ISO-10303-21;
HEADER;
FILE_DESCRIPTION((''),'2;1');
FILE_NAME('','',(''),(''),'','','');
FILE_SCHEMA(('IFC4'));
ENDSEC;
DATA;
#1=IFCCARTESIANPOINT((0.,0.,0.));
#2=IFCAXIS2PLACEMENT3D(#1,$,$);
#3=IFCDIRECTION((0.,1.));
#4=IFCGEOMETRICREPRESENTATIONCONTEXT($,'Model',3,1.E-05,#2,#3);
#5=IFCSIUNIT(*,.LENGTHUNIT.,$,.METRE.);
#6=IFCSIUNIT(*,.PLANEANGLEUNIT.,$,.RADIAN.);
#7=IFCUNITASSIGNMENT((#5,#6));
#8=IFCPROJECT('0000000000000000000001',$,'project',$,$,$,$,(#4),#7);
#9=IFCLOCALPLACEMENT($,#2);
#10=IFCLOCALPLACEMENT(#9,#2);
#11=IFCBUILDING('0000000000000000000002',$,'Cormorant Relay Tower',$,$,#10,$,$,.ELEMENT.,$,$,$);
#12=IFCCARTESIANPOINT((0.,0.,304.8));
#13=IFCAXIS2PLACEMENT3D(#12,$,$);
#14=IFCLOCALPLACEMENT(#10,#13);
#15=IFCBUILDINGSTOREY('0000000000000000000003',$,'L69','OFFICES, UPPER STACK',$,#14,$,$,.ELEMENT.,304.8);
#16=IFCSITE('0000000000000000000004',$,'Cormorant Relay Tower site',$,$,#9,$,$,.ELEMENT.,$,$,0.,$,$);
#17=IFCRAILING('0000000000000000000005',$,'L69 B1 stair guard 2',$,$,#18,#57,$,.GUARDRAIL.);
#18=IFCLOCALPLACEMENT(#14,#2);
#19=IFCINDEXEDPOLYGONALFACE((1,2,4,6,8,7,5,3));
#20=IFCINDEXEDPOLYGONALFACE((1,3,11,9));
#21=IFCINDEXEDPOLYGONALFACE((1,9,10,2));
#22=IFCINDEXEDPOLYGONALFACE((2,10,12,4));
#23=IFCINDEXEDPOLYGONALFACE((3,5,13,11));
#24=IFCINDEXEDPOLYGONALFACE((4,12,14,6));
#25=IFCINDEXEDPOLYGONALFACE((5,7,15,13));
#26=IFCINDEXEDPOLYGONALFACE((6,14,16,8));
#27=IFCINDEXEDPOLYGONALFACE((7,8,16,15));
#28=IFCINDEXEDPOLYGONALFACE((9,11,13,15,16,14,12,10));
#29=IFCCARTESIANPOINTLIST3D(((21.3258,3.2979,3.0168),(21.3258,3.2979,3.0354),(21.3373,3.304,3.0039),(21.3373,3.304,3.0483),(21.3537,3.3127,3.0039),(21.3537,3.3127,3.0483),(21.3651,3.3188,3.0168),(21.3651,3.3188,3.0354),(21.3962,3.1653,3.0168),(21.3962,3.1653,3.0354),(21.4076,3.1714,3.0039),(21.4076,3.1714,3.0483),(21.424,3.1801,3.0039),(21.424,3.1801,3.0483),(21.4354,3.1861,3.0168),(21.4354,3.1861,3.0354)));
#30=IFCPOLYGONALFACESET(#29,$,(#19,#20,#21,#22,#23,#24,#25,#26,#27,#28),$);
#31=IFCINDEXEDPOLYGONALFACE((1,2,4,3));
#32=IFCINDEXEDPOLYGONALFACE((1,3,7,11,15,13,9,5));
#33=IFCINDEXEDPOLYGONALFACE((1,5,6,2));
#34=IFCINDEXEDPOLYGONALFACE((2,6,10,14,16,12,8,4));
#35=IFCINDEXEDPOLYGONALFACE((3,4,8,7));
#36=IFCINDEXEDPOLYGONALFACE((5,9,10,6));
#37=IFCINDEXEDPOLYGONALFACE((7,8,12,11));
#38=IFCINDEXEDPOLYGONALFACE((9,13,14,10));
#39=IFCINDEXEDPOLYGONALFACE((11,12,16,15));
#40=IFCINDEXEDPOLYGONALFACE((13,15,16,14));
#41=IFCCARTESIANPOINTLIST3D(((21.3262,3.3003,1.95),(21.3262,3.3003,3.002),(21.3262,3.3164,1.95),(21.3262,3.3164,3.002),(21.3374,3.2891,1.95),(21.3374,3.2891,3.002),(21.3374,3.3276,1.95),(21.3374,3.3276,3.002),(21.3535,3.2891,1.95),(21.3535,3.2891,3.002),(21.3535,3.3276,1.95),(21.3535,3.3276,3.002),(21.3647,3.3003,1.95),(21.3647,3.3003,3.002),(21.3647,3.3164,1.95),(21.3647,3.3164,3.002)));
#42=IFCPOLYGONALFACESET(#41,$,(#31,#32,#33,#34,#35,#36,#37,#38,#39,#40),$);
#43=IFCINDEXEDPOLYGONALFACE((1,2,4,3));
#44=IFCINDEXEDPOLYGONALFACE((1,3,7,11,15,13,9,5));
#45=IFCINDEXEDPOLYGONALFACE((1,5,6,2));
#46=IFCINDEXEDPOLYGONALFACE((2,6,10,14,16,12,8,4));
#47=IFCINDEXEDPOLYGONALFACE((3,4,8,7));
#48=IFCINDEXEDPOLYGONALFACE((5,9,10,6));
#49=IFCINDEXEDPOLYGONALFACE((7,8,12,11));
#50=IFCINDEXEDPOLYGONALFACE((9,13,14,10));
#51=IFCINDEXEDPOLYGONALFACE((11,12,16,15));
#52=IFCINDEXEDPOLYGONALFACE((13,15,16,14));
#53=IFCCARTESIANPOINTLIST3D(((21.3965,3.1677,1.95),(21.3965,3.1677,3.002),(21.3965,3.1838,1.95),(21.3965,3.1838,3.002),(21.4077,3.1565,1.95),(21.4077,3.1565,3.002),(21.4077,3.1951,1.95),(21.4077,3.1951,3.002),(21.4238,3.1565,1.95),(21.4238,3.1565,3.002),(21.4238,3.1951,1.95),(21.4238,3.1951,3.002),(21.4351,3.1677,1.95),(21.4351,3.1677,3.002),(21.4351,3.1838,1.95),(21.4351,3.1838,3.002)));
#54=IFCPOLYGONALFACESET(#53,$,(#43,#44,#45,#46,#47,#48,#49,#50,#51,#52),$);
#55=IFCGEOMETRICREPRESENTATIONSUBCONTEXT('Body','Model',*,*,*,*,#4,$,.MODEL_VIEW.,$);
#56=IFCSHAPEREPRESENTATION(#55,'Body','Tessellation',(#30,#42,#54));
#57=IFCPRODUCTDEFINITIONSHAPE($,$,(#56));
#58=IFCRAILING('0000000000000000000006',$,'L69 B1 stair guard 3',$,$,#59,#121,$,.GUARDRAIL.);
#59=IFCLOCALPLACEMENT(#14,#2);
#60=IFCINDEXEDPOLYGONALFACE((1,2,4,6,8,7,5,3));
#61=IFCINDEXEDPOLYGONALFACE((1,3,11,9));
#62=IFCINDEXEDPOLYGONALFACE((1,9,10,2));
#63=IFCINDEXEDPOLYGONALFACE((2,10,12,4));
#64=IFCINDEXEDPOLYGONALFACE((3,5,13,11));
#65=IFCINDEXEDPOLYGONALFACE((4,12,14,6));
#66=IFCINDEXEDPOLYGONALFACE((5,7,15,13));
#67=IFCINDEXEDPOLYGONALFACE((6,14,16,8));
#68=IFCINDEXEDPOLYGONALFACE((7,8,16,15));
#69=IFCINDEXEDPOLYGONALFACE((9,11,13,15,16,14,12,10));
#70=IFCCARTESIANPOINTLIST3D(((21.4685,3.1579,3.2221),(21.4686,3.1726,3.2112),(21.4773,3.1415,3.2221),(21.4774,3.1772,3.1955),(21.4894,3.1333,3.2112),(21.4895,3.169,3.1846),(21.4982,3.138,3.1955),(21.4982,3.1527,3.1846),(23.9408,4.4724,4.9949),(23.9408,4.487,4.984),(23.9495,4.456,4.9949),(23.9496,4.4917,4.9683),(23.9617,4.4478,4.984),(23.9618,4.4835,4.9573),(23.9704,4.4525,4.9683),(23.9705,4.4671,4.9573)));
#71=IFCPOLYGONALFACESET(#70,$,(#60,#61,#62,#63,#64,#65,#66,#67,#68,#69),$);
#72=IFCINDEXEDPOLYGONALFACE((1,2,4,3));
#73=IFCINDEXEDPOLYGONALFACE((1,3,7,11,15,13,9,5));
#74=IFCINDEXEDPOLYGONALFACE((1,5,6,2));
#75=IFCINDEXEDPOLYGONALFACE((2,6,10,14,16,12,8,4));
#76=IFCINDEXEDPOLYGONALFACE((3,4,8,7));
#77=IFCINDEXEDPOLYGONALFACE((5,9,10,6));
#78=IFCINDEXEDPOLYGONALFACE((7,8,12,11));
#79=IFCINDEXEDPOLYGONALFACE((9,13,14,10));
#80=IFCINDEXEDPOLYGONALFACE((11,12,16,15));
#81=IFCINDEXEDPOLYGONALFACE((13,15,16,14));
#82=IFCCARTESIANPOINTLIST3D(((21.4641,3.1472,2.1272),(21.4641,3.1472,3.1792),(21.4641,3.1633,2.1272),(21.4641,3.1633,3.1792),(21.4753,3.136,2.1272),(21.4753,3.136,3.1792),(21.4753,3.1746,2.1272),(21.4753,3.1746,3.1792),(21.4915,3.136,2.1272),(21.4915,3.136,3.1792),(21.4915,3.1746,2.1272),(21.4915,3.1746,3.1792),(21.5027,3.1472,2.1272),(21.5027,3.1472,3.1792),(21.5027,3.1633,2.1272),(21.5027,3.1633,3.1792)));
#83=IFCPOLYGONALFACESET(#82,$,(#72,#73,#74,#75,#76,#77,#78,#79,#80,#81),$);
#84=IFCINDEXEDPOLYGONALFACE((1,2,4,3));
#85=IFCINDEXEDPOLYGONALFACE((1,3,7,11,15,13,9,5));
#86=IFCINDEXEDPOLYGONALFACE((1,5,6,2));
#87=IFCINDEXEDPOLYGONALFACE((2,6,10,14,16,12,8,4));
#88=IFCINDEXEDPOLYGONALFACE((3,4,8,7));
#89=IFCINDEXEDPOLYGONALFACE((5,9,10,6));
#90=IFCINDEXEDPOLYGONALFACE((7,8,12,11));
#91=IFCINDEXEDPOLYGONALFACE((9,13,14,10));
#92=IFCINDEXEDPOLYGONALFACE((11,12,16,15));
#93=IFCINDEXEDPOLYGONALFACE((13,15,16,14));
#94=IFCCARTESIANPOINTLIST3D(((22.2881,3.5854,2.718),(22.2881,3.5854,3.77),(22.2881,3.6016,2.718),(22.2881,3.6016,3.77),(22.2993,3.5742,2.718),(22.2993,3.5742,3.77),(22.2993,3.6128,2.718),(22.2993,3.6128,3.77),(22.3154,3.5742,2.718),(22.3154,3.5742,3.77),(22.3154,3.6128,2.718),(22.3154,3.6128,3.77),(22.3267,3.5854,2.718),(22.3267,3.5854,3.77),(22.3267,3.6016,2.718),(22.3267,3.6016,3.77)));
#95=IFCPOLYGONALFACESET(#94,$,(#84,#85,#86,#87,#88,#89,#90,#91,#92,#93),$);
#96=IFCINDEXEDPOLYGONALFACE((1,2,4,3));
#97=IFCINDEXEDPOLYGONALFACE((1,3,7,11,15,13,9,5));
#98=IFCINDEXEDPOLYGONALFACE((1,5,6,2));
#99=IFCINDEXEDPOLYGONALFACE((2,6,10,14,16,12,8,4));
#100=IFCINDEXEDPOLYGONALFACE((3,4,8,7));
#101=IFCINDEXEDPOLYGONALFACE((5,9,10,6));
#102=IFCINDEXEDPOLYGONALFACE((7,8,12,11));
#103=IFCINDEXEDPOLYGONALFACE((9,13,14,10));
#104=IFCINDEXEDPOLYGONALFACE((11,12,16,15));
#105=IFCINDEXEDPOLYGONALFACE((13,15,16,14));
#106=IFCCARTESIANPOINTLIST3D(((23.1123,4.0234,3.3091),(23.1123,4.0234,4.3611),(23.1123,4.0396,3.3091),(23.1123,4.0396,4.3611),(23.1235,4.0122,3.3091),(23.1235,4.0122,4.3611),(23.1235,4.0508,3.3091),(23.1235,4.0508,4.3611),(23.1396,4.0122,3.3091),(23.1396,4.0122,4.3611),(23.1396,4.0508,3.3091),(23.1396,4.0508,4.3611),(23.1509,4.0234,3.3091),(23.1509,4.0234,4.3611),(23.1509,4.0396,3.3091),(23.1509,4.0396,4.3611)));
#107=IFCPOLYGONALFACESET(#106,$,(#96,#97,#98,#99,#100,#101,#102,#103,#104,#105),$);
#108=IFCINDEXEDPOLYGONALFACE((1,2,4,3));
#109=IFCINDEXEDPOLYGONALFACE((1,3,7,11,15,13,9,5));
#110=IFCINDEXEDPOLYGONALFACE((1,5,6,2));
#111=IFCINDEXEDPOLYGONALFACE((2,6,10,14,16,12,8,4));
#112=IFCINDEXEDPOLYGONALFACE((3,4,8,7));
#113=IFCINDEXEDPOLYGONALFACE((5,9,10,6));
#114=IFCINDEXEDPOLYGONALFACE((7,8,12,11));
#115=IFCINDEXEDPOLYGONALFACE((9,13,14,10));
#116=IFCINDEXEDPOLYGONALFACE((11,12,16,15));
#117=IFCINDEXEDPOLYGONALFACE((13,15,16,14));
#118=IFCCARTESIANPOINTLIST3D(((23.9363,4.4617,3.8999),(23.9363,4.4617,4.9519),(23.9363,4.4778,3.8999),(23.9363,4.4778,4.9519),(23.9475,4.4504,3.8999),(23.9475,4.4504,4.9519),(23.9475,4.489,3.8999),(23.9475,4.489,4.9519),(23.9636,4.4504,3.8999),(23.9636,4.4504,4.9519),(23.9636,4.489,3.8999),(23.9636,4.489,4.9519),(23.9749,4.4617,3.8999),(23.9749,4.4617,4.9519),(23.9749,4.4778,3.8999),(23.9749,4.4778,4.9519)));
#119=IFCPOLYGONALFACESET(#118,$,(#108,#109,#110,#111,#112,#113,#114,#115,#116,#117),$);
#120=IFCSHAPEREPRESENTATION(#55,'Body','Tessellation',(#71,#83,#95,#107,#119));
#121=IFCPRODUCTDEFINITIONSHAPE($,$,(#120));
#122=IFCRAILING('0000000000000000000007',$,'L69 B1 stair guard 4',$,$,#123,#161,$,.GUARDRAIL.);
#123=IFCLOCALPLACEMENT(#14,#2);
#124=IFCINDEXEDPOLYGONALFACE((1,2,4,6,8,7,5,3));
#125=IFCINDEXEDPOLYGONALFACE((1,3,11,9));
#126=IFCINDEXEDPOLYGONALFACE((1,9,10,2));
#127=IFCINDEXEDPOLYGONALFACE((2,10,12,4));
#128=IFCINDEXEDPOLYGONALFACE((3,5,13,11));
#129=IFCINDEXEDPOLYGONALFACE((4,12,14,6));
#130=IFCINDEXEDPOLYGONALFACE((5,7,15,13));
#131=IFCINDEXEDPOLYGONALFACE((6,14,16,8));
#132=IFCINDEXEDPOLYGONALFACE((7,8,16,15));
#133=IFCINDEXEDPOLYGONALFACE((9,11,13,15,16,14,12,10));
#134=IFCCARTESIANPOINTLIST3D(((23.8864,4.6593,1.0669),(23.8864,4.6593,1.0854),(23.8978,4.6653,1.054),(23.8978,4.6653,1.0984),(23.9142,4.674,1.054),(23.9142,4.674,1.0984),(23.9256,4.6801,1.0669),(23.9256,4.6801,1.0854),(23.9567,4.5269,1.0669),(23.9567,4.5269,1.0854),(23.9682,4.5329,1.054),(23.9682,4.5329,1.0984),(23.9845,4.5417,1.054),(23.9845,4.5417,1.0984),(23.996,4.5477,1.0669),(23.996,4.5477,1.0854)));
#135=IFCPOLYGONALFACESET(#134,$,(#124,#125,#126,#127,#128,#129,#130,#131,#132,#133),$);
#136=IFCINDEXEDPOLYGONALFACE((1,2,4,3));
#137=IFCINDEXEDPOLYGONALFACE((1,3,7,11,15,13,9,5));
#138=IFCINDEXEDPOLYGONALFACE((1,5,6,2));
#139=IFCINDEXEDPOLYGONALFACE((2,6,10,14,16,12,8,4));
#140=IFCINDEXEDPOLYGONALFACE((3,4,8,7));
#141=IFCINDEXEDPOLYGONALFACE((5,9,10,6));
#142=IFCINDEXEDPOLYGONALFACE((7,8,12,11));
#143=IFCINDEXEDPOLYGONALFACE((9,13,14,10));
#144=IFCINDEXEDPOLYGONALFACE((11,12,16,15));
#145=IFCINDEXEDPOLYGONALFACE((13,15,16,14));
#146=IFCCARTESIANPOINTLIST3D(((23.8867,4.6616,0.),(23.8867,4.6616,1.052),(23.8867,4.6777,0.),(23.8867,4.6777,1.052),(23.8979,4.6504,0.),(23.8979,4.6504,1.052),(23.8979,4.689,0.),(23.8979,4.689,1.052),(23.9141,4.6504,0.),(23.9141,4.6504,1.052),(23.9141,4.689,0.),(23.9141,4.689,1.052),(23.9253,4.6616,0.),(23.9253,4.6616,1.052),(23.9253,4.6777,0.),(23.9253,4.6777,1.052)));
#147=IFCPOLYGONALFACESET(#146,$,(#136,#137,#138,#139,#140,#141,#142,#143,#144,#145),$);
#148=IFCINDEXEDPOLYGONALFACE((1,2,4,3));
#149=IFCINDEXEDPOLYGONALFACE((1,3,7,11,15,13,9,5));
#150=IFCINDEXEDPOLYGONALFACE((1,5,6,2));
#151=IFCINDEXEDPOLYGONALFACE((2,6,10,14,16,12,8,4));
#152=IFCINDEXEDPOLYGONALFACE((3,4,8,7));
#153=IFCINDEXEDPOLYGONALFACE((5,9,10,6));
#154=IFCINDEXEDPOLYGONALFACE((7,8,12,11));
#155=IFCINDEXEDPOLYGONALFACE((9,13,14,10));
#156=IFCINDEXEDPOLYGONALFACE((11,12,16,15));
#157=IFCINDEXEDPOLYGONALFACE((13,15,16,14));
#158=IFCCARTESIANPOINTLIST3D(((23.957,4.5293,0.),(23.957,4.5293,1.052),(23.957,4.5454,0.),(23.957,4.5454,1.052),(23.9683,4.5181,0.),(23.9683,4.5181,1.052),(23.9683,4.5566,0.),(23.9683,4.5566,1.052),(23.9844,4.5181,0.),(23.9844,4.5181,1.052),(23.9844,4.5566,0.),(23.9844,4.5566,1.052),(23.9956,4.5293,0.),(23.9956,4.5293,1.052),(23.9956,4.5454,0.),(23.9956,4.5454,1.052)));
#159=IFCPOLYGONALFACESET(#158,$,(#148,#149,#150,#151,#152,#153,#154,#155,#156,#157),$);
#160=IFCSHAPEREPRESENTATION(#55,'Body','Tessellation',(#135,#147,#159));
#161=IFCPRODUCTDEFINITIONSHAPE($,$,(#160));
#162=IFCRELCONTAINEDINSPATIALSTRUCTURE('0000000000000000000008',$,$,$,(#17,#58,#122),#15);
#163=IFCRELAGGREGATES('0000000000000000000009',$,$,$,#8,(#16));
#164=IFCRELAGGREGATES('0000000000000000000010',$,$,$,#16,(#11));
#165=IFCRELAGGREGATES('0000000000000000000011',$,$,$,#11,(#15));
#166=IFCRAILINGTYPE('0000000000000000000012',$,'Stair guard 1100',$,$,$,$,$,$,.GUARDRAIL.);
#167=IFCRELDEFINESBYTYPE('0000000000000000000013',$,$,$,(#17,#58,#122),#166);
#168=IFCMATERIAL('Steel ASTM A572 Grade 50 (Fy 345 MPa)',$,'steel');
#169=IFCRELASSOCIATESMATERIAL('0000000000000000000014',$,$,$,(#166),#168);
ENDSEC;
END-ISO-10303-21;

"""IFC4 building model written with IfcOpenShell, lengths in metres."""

from ifc_helpers import new_model, si_unit, direction, frame, origin, place, context, subcontext, project, spatial, polyline, outline, extrude, material, type_object, element, save


model = new_model("IFC4")

# Units and contexts
model_context = context("Model", 3, precision=1e-05, world=origin(), true_north=direction((0.0, 1.0)))
body_context = subcontext(model_context, "Body", "Model", "MODEL_VIEW")
ifc_project = project(units=[si_unit("LENGTHUNIT", "METRE"), si_unit("PLANEANGLEUNIT", "RADIAN")], contexts=[model_context])

# Site, building, storey
site_placement = place(None, origin())
site = spatial("IfcSite", under=ifc_project, at=site_placement, Name="Cormorant Relay Tower site", CompositionType="ELEMENT", RefElevation=0.0)
building_placement = place(site_placement, origin())
building = spatial("IfcBuilding", under=site, at=building_placement, Name="Cormorant Relay Tower", CompositionType="ELEMENT")
storey_placement = place(building_placement, frame((0.0, 0.0, 304.8)))
storey = spatial("IfcBuildingStorey", under=building, at=storey_placement, Name="L69", Description="OFFICES, UPPER STACK", CompositionType="ELEMENT", Elevation=304.8)

# Railings
ifc_material_1 = material(Name="Steel ASTM A572 Grade 50 (Fy 345 MPa)", Category="steel")
railing_type_1 = type_object("IfcRailingType", Name="Stair guard 1100", PredefinedType="GUARDRAIL", material=ifc_material_1)
railing_1_placement = place(storey_placement, frame((21.3455, 3.3083, 1.95)))
element("IfcRailing", 1, at=railing_1_placement, inside=storey, type_object=railing_type_1, Name="L69 B1 stair guard 2", PredefinedType="GUARDRAIL", context=body_context, shape_type="SweptSolid", body=[
    extrude(outline(polyline([(0.0222, 0.0093), (0.0093, 0.0222), (-0.0093, 0.0222), (-0.0222, 0.0093), (-0.0222, -0.0093), (-0.0093, -0.0222), (0.0093, -0.0222), (0.0222, -0.0093), (0.0222, 0.0093)])), frame((0.0, 0.0, 1.0762), z_axis=(0.46856, -0.883431, 0.0), x_axis=(0.883431, 0.46856, 0.0)), (0.0, 0.0, 1.0), 0.1501),
    extrude(outline(polyline([(0.0193, 0.0081), (0.0081, 0.0193), (-0.0081, 0.0193), (-0.0193, 0.0081), (-0.0193, -0.0081), (-0.0081, -0.0193), (0.0081, -0.0193), (0.0193, -0.0081), (0.0193, 0.0081)])), origin(), (0.0, 0.0, 1.0), 1.052),
    extrude(outline(polyline([(0.0193, 0.0081), (0.0081, 0.0193), (-0.0081, 0.0193), (-0.0193, 0.0081), (-0.0193, -0.0081), (-0.0081, -0.0193), (0.0081, -0.0193), (0.0193, -0.0081), (0.0193, 0.0081)])), frame((0.0703, -0.1326, 0.0)), (0.0, 0.0, 1.0), 1.052),
])
railing_2_placement = place(storey_placement, frame((21.4834, 3.1553, 2.1272)))
element("IfcRailing", 2, at=railing_2_placement, inside=storey, type_object=railing_type_1, Name="L69 B1 stair guard 3", PredefinedType="GUARDRAIL", context=body_context, shape_type="SweptSolid", body=[
    extrude(outline(polyline([(0.0222, 0.0093), (0.0093, 0.0222), (-0.0093, 0.0222), (-0.0222, 0.0093), (-0.0222, -0.0093), (-0.0093, -0.0222), (0.0093, -0.0222), (0.0222, -0.0093), (0.0222, 0.0093)])), frame((0.0, 0.0, 1.0762), z_axis=(0.746001, 0.396649, 0.534931), x_axis=(-0.469465, 0.882951, 0.0)), (0.0, 0.0, 1.0), 3.314),
    extrude(outline(polyline([(0.0193, 0.0081), (0.0081, 0.0193), (-0.0081, 0.0193), (-0.0193, 0.0081), (-0.0193, -0.0081), (-0.0081, -0.0193), (0.0081, -0.0193), (0.0193, -0.0081), (0.0193, 0.0081)])), origin(), (0.0, 0.0, 1.0), 1.052),
    extrude(outline(polyline([(0.0193, 0.0081), (0.0081, 0.0193), (-0.0081, 0.0193), (-0.0193, 0.0081), (-0.0193, -0.0081), (-0.0081, -0.0193), (0.0081, -0.0193), (0.0193, -0.0081), (0.0193, 0.0081)])), frame((0.824, 0.4382, 0.5908)), (0.0, 0.0, 1.0), 1.052),
    extrude(outline(polyline([(0.0193, 0.0081), (0.0081, 0.0193), (-0.0081, 0.0193), (-0.0193, 0.0081), (-0.0193, -0.0081), (-0.0081, -0.0193), (0.0081, -0.0193), (0.0193, -0.0081), (0.0193, 0.0081)])), frame((1.6482, 0.8762, 1.1819)), (0.0, 0.0, 1.0), 1.052),
    extrude(outline(polyline([(0.0193, 0.0081), (0.0081, 0.0193), (-0.0081, 0.0193), (-0.0193, 0.0081), (-0.0193, -0.0081), (-0.0081, -0.0193), (0.0081, -0.0193), (0.0193, -0.0081), (0.0193, 0.0081)])), frame((2.4722, 1.3145, 1.7727)), (0.0, 0.0, 1.0), 1.052),
])
railing_3_placement = place(storey_placement, frame((23.906, 4.6697, 0.0)))
element("IfcRailing", 3, at=railing_3_placement, inside=storey, type_object=railing_type_1, Name="L69 B1 stair guard 4", PredefinedType="GUARDRAIL", context=body_context, shape_type="SweptSolid", body=[
    extrude(outline(polyline([(0.0222, 0.0093), (0.0093, 0.0222), (-0.0093, 0.0222), (-0.0222, 0.0093), (-0.0222, -0.0093), (-0.0093, -0.0222), (0.0093, -0.0222), (0.0222, -0.0093), (0.0222, 0.0093)])), frame((0.0, 0.0, 1.0762), z_axis=(0.469235, -0.883074, 0.0), x_axis=(0.883074, 0.469235, 0.0)), (0.0, 0.0, 1.0), 0.1499),
    extrude(outline(polyline([(0.0193, 0.0081), (0.0081, 0.0193), (-0.0081, 0.0193), (-0.0193, 0.0081), (-0.0193, -0.0081), (-0.0081, -0.0193), (0.0081, -0.0193), (0.0193, -0.0081), (0.0193, 0.0081)])), origin(), (0.0, 0.0, 1.0), 1.052),
    extrude(outline(polyline([(0.0193, 0.0081), (0.0081, 0.0193), (-0.0081, 0.0193), (-0.0193, 0.0081), (-0.0193, -0.0081), (-0.0081, -0.0193), (0.0081, -0.0193), (0.0193, -0.0081), (0.0193, 0.0081)])), frame((0.0703, -0.1323, 0.0)), (0.0, 0.0, 1.0), 1.052),
])

save(model, "model.ifc")
